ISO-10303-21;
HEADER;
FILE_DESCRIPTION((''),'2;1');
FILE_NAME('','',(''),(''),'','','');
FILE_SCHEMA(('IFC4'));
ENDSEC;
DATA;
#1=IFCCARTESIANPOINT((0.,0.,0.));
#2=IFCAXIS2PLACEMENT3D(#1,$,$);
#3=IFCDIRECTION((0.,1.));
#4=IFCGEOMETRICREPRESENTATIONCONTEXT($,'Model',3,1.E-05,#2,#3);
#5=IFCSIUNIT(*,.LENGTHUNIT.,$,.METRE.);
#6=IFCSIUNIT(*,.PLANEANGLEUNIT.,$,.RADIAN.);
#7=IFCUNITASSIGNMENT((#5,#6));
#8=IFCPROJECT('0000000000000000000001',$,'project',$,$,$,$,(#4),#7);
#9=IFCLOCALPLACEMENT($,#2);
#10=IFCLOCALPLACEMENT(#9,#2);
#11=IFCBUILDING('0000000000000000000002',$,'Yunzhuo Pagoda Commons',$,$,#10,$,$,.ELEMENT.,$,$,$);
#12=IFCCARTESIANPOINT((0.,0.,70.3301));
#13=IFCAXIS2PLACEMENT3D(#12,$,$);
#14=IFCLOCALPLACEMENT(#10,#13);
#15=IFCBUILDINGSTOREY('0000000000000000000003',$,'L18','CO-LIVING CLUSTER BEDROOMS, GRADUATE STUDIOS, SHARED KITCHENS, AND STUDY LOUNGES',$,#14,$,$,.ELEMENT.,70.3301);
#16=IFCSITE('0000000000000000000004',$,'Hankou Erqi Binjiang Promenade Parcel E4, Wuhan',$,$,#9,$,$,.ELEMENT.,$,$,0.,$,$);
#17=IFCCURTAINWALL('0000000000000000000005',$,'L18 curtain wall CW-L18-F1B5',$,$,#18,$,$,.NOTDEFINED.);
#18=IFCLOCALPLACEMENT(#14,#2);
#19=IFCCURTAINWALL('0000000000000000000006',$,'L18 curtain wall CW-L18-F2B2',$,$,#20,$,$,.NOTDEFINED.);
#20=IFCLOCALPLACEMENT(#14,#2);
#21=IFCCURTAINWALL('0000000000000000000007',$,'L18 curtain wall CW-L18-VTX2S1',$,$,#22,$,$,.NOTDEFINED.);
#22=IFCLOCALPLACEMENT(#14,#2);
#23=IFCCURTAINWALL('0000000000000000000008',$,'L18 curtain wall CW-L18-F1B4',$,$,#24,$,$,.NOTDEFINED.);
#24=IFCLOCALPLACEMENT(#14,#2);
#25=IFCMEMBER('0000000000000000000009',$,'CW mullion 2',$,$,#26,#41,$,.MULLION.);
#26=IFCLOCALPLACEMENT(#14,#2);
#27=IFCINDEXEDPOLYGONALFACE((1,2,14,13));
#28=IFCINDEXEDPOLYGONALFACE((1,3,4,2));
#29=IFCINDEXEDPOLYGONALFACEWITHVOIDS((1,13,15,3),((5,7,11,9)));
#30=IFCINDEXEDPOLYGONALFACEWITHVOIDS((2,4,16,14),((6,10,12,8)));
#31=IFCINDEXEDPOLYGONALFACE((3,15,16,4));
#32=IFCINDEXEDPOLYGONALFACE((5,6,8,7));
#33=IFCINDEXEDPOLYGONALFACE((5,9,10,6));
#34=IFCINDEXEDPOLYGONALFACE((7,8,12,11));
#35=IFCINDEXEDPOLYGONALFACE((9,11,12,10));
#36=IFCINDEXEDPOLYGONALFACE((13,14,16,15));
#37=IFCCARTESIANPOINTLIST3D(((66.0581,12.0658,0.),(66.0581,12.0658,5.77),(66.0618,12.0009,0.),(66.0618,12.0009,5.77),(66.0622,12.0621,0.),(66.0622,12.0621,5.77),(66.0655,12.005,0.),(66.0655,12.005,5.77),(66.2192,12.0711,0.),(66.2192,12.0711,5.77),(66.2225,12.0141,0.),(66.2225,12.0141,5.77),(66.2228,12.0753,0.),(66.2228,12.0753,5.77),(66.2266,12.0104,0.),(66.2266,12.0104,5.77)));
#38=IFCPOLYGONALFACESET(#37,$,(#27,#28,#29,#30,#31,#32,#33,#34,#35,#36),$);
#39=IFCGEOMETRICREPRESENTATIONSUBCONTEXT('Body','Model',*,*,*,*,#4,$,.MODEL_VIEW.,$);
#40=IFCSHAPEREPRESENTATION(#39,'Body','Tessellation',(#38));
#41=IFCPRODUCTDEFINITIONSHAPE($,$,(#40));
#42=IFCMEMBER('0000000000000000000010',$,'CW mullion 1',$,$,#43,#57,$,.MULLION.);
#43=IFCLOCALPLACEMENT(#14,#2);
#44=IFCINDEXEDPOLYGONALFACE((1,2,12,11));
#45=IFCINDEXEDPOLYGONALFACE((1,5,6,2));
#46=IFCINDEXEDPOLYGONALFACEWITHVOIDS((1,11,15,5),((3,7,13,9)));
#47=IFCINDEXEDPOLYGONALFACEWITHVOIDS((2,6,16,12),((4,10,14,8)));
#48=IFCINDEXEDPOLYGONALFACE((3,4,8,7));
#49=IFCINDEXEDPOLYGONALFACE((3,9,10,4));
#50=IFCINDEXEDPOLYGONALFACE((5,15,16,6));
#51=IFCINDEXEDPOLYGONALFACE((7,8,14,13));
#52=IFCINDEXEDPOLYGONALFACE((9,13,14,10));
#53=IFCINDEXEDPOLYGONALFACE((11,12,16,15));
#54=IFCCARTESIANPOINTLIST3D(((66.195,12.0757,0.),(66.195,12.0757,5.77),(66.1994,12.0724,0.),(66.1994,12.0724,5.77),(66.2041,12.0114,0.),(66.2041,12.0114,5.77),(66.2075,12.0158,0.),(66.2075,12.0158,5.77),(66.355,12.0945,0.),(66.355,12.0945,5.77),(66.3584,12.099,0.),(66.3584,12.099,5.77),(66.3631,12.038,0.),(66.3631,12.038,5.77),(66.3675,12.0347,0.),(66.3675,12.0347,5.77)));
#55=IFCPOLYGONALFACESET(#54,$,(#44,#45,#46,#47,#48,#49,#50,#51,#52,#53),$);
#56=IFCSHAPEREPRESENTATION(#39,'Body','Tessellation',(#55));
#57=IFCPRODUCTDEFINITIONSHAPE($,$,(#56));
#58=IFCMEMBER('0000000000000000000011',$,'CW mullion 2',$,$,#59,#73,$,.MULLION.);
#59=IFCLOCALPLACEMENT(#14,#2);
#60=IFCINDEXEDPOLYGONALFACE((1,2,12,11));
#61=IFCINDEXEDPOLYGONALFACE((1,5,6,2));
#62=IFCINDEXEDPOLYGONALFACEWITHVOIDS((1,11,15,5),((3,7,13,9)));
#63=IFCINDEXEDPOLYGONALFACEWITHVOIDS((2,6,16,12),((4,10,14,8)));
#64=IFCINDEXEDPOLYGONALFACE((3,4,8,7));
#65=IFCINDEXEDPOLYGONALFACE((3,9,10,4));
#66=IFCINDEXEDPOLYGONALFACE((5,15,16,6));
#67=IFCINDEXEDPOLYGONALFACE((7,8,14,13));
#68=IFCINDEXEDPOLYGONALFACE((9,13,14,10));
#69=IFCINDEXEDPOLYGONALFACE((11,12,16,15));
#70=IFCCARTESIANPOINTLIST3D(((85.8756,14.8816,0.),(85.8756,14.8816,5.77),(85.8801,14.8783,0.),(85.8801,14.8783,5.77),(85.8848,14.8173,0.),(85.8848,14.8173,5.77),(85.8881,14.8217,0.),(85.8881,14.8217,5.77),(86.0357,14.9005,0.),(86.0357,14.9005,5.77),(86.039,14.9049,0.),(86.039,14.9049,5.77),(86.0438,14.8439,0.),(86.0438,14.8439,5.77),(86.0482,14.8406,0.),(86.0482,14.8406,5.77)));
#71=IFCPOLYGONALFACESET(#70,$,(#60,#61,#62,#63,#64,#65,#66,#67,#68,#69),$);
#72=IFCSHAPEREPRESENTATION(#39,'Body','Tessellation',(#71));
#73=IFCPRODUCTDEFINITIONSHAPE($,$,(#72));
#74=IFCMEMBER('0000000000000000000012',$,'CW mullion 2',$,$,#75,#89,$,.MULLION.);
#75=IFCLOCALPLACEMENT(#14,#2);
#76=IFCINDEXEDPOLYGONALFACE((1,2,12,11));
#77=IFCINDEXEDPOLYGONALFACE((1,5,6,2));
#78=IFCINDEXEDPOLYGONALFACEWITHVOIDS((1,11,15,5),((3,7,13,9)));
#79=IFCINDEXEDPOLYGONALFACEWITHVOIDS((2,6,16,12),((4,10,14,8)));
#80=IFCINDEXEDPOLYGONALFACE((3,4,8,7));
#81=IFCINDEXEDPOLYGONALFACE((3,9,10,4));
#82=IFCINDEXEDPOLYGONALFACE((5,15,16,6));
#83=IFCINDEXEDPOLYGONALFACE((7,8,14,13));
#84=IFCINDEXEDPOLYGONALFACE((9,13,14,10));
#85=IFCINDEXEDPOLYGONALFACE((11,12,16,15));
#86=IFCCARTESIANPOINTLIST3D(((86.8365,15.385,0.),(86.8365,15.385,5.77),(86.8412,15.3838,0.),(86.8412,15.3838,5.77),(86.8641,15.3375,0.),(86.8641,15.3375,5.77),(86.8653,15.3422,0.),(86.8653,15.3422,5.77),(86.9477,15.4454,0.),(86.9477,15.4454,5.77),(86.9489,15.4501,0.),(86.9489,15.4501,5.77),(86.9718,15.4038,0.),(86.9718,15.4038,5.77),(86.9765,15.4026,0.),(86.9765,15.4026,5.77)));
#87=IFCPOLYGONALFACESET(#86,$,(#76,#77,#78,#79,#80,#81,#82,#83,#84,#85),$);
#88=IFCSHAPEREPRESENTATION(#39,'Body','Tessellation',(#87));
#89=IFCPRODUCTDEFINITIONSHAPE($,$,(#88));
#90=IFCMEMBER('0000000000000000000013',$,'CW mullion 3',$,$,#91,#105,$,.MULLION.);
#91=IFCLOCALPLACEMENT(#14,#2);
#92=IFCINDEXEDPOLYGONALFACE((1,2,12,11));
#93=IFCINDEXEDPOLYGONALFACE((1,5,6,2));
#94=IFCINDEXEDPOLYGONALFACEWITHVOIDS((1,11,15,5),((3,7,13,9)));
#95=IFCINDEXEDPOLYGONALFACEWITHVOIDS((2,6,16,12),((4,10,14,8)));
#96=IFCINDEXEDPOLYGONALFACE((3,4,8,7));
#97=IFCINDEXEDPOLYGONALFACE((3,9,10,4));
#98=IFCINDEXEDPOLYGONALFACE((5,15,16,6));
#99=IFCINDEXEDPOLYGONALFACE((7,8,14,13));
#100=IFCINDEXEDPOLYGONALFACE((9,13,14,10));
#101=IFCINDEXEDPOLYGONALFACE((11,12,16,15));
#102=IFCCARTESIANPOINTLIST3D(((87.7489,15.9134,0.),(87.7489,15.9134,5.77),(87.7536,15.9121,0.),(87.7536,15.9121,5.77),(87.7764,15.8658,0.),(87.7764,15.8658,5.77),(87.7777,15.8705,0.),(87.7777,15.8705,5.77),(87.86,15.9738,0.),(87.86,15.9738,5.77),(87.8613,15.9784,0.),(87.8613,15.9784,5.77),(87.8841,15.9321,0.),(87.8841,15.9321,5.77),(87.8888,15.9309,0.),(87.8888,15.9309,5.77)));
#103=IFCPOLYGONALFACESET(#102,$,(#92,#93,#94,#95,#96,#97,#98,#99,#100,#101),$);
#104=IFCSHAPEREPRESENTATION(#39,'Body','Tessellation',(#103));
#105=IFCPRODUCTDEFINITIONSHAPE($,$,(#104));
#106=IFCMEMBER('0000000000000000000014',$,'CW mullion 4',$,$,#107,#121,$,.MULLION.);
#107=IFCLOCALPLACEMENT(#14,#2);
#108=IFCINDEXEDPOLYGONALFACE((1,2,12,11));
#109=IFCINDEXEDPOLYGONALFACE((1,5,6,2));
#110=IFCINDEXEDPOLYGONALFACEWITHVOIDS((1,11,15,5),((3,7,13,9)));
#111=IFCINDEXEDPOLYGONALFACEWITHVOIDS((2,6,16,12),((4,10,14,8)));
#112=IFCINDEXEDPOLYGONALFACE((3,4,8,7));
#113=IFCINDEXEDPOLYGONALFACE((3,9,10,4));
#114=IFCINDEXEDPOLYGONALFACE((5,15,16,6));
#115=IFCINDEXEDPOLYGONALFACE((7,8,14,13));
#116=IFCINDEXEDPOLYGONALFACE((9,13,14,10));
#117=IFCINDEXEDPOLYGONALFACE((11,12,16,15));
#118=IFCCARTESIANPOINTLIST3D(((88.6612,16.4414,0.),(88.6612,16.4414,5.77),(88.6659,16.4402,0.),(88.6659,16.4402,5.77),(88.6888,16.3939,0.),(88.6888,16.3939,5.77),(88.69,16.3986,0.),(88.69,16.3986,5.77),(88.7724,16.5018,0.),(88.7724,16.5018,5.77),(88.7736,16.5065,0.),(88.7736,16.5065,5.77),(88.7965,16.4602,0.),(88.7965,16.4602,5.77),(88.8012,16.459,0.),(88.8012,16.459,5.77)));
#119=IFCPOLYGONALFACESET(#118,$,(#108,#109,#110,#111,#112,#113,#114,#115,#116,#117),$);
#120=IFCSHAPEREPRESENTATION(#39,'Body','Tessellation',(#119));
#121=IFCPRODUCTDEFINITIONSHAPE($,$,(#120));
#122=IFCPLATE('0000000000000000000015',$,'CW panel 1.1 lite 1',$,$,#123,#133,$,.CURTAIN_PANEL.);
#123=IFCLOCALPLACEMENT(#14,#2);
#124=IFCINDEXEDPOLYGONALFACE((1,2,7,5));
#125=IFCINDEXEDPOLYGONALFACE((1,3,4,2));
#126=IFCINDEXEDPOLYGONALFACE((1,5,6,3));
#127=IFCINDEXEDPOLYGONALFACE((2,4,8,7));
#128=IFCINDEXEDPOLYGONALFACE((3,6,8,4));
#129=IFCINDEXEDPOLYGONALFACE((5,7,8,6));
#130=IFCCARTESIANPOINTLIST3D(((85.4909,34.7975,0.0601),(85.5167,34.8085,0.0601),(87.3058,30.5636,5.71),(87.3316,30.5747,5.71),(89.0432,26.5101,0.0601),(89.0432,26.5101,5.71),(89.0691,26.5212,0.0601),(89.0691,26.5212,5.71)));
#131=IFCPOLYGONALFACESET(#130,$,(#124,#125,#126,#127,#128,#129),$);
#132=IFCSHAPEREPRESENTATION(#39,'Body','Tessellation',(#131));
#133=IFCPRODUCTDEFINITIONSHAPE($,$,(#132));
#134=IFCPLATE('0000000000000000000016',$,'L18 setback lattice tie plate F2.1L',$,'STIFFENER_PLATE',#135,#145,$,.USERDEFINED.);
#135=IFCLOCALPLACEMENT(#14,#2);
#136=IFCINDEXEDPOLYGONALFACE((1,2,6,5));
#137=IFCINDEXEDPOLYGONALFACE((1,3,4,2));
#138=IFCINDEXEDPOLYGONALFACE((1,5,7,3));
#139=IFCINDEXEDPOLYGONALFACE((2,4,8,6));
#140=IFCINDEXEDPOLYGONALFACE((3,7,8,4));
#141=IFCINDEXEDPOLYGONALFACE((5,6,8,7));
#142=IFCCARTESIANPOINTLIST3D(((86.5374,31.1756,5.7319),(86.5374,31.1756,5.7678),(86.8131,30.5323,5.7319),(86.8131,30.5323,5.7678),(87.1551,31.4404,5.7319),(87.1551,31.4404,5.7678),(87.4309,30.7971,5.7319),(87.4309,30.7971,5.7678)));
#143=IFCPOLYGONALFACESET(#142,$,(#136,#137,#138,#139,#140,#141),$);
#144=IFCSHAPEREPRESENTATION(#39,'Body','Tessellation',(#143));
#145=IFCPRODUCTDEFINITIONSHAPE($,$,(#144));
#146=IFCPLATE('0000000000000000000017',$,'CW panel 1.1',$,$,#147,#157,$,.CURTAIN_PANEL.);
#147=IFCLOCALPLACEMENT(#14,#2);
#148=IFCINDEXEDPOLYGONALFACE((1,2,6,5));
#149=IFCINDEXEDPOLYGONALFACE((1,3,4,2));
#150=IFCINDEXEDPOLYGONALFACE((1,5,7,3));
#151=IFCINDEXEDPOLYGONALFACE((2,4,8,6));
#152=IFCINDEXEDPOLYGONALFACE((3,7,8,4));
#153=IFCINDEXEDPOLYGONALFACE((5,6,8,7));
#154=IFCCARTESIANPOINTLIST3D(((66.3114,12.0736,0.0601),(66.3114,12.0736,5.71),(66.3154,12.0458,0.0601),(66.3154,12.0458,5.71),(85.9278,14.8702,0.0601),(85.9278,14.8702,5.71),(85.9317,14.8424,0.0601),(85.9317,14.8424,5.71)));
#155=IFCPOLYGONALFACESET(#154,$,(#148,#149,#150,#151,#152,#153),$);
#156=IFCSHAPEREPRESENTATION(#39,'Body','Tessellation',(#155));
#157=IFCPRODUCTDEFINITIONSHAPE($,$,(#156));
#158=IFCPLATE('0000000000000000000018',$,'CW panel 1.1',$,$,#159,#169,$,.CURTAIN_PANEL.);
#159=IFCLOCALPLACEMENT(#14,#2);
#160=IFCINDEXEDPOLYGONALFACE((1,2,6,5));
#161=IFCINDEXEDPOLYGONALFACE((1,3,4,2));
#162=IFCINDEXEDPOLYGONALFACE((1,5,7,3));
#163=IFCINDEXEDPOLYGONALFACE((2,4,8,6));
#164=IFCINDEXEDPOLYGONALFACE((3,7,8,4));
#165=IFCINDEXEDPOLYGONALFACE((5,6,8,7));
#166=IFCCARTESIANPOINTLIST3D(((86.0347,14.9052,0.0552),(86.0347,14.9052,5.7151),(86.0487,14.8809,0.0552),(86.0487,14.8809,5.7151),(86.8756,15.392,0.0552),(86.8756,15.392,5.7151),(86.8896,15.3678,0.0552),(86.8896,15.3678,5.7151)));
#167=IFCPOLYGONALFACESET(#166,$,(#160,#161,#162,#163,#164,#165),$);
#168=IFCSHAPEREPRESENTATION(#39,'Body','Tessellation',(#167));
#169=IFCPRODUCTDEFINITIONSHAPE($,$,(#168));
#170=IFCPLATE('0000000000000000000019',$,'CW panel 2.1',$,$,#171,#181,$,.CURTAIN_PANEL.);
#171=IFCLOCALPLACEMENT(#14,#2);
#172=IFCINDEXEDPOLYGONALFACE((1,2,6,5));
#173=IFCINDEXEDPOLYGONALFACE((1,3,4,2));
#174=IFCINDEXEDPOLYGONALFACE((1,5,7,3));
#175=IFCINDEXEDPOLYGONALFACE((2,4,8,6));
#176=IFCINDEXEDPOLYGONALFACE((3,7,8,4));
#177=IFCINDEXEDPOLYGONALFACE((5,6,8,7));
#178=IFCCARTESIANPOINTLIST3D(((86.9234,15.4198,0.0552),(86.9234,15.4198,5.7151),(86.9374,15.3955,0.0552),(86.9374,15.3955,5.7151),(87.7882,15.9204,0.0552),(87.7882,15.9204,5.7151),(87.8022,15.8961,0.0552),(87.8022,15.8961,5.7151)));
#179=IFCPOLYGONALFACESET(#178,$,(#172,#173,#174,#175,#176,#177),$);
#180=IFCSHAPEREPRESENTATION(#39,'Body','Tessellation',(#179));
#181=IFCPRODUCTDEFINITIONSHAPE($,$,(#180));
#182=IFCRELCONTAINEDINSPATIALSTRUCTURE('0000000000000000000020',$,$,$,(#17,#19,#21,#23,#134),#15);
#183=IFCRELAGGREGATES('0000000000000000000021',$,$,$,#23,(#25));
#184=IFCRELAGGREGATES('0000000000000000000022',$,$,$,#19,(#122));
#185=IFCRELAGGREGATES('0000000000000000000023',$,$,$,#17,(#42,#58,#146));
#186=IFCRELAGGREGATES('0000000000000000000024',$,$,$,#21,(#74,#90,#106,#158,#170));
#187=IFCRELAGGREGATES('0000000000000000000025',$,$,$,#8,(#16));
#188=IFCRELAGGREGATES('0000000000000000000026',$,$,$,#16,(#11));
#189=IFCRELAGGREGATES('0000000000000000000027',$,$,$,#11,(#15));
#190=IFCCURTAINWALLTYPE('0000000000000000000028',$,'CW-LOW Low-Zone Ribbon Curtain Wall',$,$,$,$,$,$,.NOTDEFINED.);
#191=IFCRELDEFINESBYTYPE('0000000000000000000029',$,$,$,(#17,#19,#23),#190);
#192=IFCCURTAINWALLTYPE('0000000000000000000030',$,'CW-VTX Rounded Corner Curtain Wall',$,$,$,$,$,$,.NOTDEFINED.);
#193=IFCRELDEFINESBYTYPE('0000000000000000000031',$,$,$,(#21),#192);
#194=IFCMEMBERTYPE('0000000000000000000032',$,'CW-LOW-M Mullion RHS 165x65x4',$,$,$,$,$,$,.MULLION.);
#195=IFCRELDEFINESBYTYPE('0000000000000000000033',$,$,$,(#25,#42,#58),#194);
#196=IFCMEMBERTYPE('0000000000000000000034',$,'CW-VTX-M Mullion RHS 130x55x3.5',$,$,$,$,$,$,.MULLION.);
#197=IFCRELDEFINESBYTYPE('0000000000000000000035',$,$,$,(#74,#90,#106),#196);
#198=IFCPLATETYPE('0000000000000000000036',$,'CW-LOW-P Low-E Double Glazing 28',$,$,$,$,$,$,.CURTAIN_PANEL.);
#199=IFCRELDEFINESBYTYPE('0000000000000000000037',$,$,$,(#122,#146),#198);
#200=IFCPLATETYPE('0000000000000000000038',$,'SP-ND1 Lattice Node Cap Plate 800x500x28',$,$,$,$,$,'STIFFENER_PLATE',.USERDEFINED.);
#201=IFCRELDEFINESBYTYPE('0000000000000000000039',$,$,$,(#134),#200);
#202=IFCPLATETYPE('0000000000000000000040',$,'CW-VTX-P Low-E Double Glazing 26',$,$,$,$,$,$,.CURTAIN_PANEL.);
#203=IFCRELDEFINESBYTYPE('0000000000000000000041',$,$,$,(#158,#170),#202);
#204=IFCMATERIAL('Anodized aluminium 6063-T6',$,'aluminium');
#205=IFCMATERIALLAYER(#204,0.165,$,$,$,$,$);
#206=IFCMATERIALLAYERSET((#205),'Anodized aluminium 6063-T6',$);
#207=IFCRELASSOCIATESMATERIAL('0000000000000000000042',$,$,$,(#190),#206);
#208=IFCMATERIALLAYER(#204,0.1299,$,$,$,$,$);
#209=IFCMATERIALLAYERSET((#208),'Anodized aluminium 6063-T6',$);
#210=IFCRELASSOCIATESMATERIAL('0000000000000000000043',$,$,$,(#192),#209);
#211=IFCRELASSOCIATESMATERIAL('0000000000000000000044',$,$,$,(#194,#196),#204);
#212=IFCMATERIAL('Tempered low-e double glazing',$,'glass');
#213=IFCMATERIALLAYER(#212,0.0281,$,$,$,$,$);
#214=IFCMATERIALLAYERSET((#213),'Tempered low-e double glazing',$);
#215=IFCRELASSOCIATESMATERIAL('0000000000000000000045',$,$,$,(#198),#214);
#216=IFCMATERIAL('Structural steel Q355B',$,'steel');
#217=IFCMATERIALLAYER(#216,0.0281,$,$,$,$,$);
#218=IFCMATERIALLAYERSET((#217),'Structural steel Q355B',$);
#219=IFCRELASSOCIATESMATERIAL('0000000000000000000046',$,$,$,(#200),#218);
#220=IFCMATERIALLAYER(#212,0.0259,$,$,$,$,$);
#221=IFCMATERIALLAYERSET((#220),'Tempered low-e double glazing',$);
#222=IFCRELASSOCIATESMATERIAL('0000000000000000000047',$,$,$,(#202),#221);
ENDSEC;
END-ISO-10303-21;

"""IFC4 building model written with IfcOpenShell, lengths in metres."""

from ifc_helpers import new_model, si_unit, direction, frame, origin, origin_2d, place, context, subcontext, project, spatial, polyline, rectangle, hollow_rectangle, outline, extrude, source, transform, mapped, material, layer, layer_set, material_profile, profile_set, type_object, element, aggregate, save


model = new_model("IFC4")

# Units and contexts
model_context = context("Model", 3, precision=1e-05, world=origin(), true_north=direction((0.0, 1.0)))
body_context = subcontext(model_context, "Body", "Model", "MODEL_VIEW")
ifc_project = project(units=[si_unit("LENGTHUNIT", "METRE"), si_unit("PLANEANGLEUNIT", "RADIAN")], contexts=[model_context])

# Site, building, storey
site_placement = place(None, origin())
site = spatial("IfcSite", under=ifc_project, at=site_placement, Name="Hankou Erqi Binjiang Promenade Parcel E4, Wuhan", CompositionType="ELEMENT", RefElevation=0.0)
building_placement = place(site_placement, origin())
building = spatial("IfcBuilding", under=site, at=building_placement, Name="Yunzhuo Pagoda Commons", CompositionType="ELEMENT")
storey_placement = place(building_placement, frame((0.0, 0.0, 70.3301)))
storey = spatial("IfcBuildingStorey", under=building, at=storey_placement, Name="L18", Description="CO-LIVING CLUSTER BEDROOMS, GRADUATE STUDIOS, SHARED KITCHENS, AND STUDY LOUNGES", CompositionType="ELEMENT", Elevation=70.3301)

# Shared definitions
ifc_material_1 = material(Name="Structural steel Q355B", Category="steel")

# Curtain walls
ifc_material_2 = material(Name="Anodized aluminium 6063-T6", Category="aluminium")
ifc_layer_1 = layer(ifc_material_2, 0.165)
ifc_layer_set_1 = layer_set([ifc_layer_1], Name="Anodized aluminium 6063-T6")
curtain_wall_type_1 = type_object("IfcCurtainWallType", Name="CW-LOW Low-Zone Ribbon Curtain Wall", PredefinedType="NOTDEFINED", material=ifc_layer_set_1)
curtain_wall_1_placement = place(storey_placement, origin())
curtain_wall_1 = element("IfcCurtainWall", 1, at=curtain_wall_1_placement, inside=storey, type_object=curtain_wall_type_1, Name="L18 curtain wall CW-L18-F1B5", PredefinedType="NOTDEFINED")
curtain_wall_2_placement = place(storey_placement, origin())
curtain_wall_2 = element("IfcCurtainWall", 2, at=curtain_wall_2_placement, inside=storey, type_object=curtain_wall_type_1, Name="L18 curtain wall CW-L18-F2B2", PredefinedType="NOTDEFINED")
ifc_layer_2 = layer(ifc_material_2, 0.1299)
ifc_layer_set_2 = layer_set([ifc_layer_2], Name="Anodized aluminium 6063-T6")
curtain_wall_type_2 = type_object("IfcCurtainWallType", Name="CW-VTX Rounded Corner Curtain Wall", PredefinedType="NOTDEFINED", material=ifc_layer_set_2)
curtain_wall_3_placement = place(storey_placement, origin())
curtain_wall_3 = element("IfcCurtainWall", 3, at=curtain_wall_3_placement, inside=storey, type_object=curtain_wall_type_2, Name="L18 curtain wall CW-L18-VTX2S1", PredefinedType="NOTDEFINED")

# Curtain wall, member
curtain_wall_4_placement = place(storey_placement, origin())
curtain_wall_4 = element("IfcCurtainWall", 4, at=curtain_wall_4_placement, inside=storey, type_object=curtain_wall_type_1, Name="L18 curtain wall CW-L18-F1B4", PredefinedType="NOTDEFINED")
ifc_material_profile_1 = material_profile(ifc_material_2, hollow_rectangle(XDim=0.0649, YDim=0.165, WallThickness=0.0039, at=origin_2d()), Name="Anodized aluminium 6063-T6")
ifc_profile_set_1 = profile_set([ifc_material_profile_1], Name="Anodized aluminium 6063-T6")
member_type_1 = type_object("IfcMemberType", Name="CW-LOW-M Mullion RHS 165x65x4", PredefinedType="MULLION", material=ifc_profile_set_1)
shared_shape_1 = source(origin(), body_context, "Body", "SweptSolid", [
    extrude(hollow_rectangle(XDim=0.0649, YDim=0.165, WallThickness=0.0039, at=origin_2d()), origin(), (0.0, 0.0, 1.0), 5.77),
])
member_1_placement = place(storey_placement, frame((66.1423, 12.0381, 0.0), z_axis=(0.0, 0.0, 1.0), x_axis=(-0.057542, 0.998343, 0.0)))
member_1 = element("IfcMember", 5, at=member_1_placement, type_object=member_type_1, Name="CW mullion 2", PredefinedType="MULLION", context=body_context, shape_type="MappedRepresentation", body=[
    mapped(shared_shape_1, transform((0.0, 0.0, 0.0), scale=1.0)),
])
aggregate(curtain_wall_4, [member_1])

# Members
member_2_placement = place(storey_placement, frame((66.2812, 12.0552, 0.0), z_axis=(0.0, 0.0, 1.0), x_axis=(-0.14114, 0.98999, 0.0)))
member_2 = element("IfcMember", 6, at=member_2_placement, type_object=member_type_1, Name="CW mullion 1", PredefinedType="MULLION", context=body_context, shape_type="MappedRepresentation", body=[
    mapped(shared_shape_1, transform((0.0, 0.0, 0.0), scale=1.0)),
])
member_3_placement = place(storey_placement, frame((85.9619, 14.8611, 0.0), z_axis=(0.0, 0.0, 1.0), x_axis=(-0.14114, 0.98999, 0.0)))
member_3 = element("IfcMember", 7, at=member_3_placement, type_object=member_type_1, Name="CW mullion 2", PredefinedType="MULLION", context=body_context, shape_type="MappedRepresentation", body=[
    mapped(shared_shape_1, transform((0.0, 0.0, 0.0), scale=1.0)),
])
ifc_material_profile_2 = material_profile(ifc_material_2, hollow_rectangle(XDim=0.0549, YDim=0.1299, WallThickness=0.0034, at=origin_2d()), Name="Anodized aluminium 6063-T6")
ifc_profile_set_2 = profile_set([ifc_material_profile_2], Name="Anodized aluminium 6063-T6")
member_type_2 = type_object("IfcMemberType", Name="CW-VTX-M Mullion RHS 130x55x3.5", PredefinedType="MULLION", material=ifc_profile_set_2)
shared_shape_2 = source(origin(), body_context, "Body", "SweptSolid", [
    extrude(hollow_rectangle(XDim=0.0549, YDim=0.1299, WallThickness=0.0034, at=origin_2d()), origin(), (0.0, 0.0, 1.0), 5.77),
])
member_4_placement = place(storey_placement, frame((86.9065, 15.3938, 0.0), z_axis=(0.0, 0.0, 1.0), x_axis=(-0.501039, 0.865425, 0.0)))
member_4 = element("IfcMember", 8, at=member_4_placement, type_object=member_type_2, Name="CW mullion 2", PredefinedType="MULLION", context=body_context, shape_type="MappedRepresentation", body=[
    mapped(shared_shape_2, transform((0.0, 0.0, 0.0), scale=1.0)),
])
member_5_placement = place(storey_placement, frame((87.8188, 15.9221, 0.0), z_axis=(0.0, 0.0, 1.0), x_axis=(-0.501039, 0.865425, 0.0)))
member_5 = element("IfcMember", 9, at=member_5_placement, type_object=member_type_2, Name="CW mullion 3", PredefinedType="MULLION", context=body_context, shape_type="MappedRepresentation", body=[
    mapped(shared_shape_2, transform((0.0, 0.0, 0.0), scale=1.0)),
])
member_6_placement = place(storey_placement, frame((88.7312, 16.4502, 0.0), z_axis=(0.0, 0.0, 1.0), x_axis=(-0.501039, 0.865425, 0.0)))
member_6 = element("IfcMember", 10, at=member_6_placement, type_object=member_type_2, Name="CW mullion 4", PredefinedType="MULLION", context=body_context, shape_type="MappedRepresentation", body=[
    mapped(shared_shape_2, transform((0.0, 0.0, 0.0), scale=1.0)),
])

# Plates
ifc_material_3 = material(Name="Tempered low-e double glazing", Category="glass")
ifc_layer_3 = layer(ifc_material_3, 0.0281)
ifc_layer_set_3 = layer_set([ifc_layer_3], Name="Tempered low-e double glazing")
plate_type_1 = type_object("IfcPlateType", Name="CW-LOW-P Low-E Double Glazing 28", PredefinedType="CURTAIN_PANEL", material=ifc_layer_set_3)
plate_1_placement = place(storey_placement, frame((87.2671, 30.6538, 2.885), z_axis=(0.919121, 0.393975, 0.0), x_axis=(-0.393975, 0.919121, 0.0)))
plate_1 = element("IfcPlate", 11, at=plate_1_placement, type_object=plate_type_1, Name="CW panel 1.1 lite 1", PredefinedType="CURTAIN_PANEL", context=body_context, shape_type="SweptSolid", body=[
    extrude(outline(polyline([(-4.5083, -2.825), (4.5083, -2.825), (-0.0981, 2.825), (-4.5083, 2.825), (-4.5083, -2.825)])), origin(), (0.0, 0.0, 1.0), 0.0281),
])
aggregate(curtain_wall_2, [plate_1])
ifc_layer_4 = layer(ifc_material_1, 0.0281)
ifc_layer_set_4 = layer_set([ifc_layer_4], Name="Structural steel Q355B")
plate_type_2 = type_object("IfcPlateType", Name="SP-ND1 Lattice Node Cap Plate 800x500x28", ElementType="STIFFENER_PLATE", PredefinedType="USERDEFINED", material=ifc_layer_set_4)
shared_shape_3 = source(origin(), body_context, "Body", "SweptSolid", [
    extrude(rectangle(XDim=0.7, YDim=0.6721, at=origin_2d()), origin(), (0.0, 0.0, 1.0), 0.0359),
])
plate_2_placement = place(storey_placement, frame((86.9841, 30.9863, 5.7319), z_axis=(0.0, 0.0, 1.0), x_axis=(-0.393974, 0.919122, 0.0)))
element("IfcPlate", 12, at=plate_2_placement, inside=storey, type_object=plate_type_2, Name="L18 setback lattice tie plate F2.1L", ObjectType="STIFFENER_PLATE", PredefinedType="USERDEFINED", context=body_context, shape_type="MappedRepresentation", body=[
    mapped(shared_shape_3, transform((0.0, 0.0, 0.0), scale=1.0)),
])
shared_shape_4 = source(origin(), body_context, "Body", "SweptSolid", [
    extrude(rectangle(XDim=19.8147, YDim=0.0281, at=origin_2d()), origin(), (0.0, 0.0, 1.0), 5.6499),
])
plate_3_placement = place(storey_placement, frame((76.1216, 13.458, 0.0601), z_axis=(0.0, 0.0, 1.0), x_axis=(0.98999, 0.14114, 0.0)))
plate_3 = element("IfcPlate", 13, at=plate_3_placement, type_object=plate_type_1, Name="CW panel 1.1", PredefinedType="CURTAIN_PANEL", context=body_context, shape_type="MappedRepresentation", body=[
    mapped(shared_shape_4, transform((0.0, 0.0, 0.0), scale=1.0)),
])
aggregate(curtain_wall_1, [member_2, member_3, plate_3])
ifc_layer_5 = layer(ifc_material_3, 0.0259)
ifc_layer_set_5 = layer_set([ifc_layer_5], Name="Tempered low-e double glazing")
plate_type_3 = type_object("IfcPlateType", Name="CW-VTX-P Low-E Double Glazing 26", PredefinedType="CURTAIN_PANEL", material=ifc_layer_set_5)
shared_shape_5 = source(origin(), body_context, "Body", "SweptSolid", [
    extrude(rectangle(XDim=0.9717, YDim=0.0281, at=origin_2d()), origin(), (0.0, 0.0, 1.0), 5.6599),
])
plate_4_placement = place(storey_placement, frame((86.4622, 15.1365, 0.0552), z_axis=(0.0, 0.0, 1.0), x_axis=(0.865425, 0.501039, 0.0)))
plate_4 = element("IfcPlate", 14, at=plate_4_placement, type_object=plate_type_3, Name="CW panel 1.1", PredefinedType="CURTAIN_PANEL", context=body_context, shape_type="MappedRepresentation", body=[
    mapped(shared_shape_5, transform((0.0, 0.0, 0.0), scale=1.0)),
])
shared_shape_6 = source(origin(), body_context, "Body", "SweptSolid", [
    extrude(rectangle(XDim=0.9993, YDim=0.0281, at=origin_2d()), origin(), (0.0, 0.0, 1.0), 5.6599),
])
plate_5_placement = place(storey_placement, frame((87.3628, 15.658, 0.0552), z_axis=(0.0, 0.0, 1.0), x_axis=(0.865425, 0.501039, 0.0)))
plate_5 = element("IfcPlate", 15, at=plate_5_placement, type_object=plate_type_3, Name="CW panel 2.1", PredefinedType="CURTAIN_PANEL", context=body_context, shape_type="MappedRepresentation", body=[
    mapped(shared_shape_6, transform((0.0, 0.0, 0.0), scale=1.0)),
])
aggregate(curtain_wall_3, [member_4, member_5, member_6, plate_4, plate_5])

save(model, "model.ifc")
